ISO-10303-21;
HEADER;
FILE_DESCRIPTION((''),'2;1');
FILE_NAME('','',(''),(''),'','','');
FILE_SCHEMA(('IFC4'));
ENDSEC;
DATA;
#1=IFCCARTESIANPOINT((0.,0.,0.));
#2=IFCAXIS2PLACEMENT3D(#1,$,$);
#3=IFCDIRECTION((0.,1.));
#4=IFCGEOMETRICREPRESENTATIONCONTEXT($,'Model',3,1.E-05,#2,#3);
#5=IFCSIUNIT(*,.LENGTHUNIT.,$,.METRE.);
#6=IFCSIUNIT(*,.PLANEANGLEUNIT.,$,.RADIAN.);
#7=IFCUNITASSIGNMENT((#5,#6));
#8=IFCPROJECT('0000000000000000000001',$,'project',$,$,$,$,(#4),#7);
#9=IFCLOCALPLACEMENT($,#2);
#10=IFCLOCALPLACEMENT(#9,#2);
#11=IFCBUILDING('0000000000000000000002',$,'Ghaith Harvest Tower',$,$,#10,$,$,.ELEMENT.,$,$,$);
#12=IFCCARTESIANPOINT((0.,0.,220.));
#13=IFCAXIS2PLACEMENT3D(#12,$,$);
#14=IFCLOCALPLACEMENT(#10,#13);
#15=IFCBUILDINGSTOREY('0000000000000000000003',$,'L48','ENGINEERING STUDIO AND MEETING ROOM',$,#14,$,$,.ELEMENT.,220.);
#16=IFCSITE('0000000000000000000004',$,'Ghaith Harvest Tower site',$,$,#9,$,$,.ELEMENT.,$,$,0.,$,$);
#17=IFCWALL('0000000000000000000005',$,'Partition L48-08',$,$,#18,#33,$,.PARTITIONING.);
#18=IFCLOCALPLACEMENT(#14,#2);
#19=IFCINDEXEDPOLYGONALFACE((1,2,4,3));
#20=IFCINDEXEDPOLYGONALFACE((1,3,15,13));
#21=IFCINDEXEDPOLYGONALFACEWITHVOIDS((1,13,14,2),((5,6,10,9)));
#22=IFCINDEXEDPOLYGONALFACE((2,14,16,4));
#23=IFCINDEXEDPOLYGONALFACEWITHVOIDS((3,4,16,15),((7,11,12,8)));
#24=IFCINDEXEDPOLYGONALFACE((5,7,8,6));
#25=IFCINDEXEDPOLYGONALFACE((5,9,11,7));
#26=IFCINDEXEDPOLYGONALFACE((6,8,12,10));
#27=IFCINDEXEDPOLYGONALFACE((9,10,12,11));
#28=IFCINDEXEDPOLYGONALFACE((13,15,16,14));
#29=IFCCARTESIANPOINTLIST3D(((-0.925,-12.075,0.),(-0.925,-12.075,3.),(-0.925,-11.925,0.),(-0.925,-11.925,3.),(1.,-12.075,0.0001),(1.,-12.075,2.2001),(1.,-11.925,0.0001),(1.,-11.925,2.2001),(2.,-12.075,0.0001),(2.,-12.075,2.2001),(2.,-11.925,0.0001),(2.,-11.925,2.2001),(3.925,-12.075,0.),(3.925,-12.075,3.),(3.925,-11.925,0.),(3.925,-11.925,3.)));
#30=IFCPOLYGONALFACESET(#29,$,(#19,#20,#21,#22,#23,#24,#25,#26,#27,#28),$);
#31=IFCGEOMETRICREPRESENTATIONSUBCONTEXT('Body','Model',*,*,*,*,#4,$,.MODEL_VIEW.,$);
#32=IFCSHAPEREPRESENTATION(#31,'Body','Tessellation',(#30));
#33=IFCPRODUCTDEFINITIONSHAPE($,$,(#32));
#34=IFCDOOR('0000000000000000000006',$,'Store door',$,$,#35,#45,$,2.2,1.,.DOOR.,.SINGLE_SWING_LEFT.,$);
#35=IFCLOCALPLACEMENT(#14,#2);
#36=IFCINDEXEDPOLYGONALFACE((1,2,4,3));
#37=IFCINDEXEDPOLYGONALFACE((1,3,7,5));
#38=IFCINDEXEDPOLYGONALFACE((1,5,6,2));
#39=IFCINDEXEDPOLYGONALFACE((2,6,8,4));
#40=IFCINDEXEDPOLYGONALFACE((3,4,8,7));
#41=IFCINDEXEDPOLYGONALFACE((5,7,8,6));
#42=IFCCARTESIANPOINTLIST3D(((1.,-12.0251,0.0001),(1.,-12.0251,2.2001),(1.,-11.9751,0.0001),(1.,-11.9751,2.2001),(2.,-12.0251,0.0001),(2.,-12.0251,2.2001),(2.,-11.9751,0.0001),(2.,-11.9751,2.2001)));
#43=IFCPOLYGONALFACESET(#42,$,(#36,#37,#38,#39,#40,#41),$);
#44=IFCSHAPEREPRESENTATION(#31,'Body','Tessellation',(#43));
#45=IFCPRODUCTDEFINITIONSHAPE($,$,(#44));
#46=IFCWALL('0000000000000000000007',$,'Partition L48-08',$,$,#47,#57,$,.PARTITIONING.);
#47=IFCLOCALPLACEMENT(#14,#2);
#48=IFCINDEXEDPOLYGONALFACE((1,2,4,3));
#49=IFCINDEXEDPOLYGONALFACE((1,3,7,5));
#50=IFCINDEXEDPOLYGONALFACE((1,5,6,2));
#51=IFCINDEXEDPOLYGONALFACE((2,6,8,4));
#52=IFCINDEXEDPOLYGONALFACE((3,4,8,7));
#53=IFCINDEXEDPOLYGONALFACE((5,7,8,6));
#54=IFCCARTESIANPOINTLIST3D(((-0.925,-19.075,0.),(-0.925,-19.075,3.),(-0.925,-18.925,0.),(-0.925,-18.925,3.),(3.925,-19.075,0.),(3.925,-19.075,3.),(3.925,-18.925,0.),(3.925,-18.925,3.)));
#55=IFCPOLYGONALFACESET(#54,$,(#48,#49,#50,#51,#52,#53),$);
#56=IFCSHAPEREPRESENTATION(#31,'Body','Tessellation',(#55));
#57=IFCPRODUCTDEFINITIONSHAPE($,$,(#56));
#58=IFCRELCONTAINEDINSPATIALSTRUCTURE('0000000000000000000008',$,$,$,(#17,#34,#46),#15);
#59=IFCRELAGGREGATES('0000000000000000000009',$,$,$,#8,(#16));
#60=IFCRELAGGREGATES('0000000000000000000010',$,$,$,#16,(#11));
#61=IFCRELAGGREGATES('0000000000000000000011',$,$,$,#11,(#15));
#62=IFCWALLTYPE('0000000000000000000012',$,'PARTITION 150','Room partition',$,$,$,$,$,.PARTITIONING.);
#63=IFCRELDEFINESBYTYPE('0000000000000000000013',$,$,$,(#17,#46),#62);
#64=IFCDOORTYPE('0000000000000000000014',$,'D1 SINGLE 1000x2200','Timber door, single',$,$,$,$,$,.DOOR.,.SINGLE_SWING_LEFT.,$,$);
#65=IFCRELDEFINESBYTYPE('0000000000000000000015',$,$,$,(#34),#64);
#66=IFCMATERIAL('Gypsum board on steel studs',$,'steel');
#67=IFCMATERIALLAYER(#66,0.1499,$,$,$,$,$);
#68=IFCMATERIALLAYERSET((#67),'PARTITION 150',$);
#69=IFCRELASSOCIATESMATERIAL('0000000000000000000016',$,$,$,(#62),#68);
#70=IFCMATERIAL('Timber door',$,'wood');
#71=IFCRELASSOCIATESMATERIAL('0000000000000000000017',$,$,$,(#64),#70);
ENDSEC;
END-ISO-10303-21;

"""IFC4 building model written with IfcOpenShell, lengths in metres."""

from ifc_helpers import new_model, si_unit, direction, frame, frame_2d, origin, place, context, subcontext, project, spatial, rectangle, extrude, material, layer, layer_set, type_object, element, fill, save


model = new_model("IFC4")

# Units and contexts
model_context = context("Model", 3, precision=1e-05, world=origin(), true_north=direction((0.0, 1.0)))
body_context = subcontext(model_context, "Body", "Model", "MODEL_VIEW")
ifc_project = project(units=[si_unit("LENGTHUNIT", "METRE"), si_unit("PLANEANGLEUNIT", "RADIAN")], contexts=[model_context])

# Site, building, storey
site_placement = place(None, origin())
site = spatial("IfcSite", under=ifc_project, at=site_placement, Name="Ghaith Harvest Tower site", CompositionType="ELEMENT", RefElevation=0.0)
building_placement = place(site_placement, origin())
building = spatial("IfcBuilding", under=site, at=building_placement, Name="Ghaith Harvest Tower", CompositionType="ELEMENT")
storey_placement = place(building_placement, frame((0.0, 0.0, 220.0)))
storey = spatial("IfcBuildingStorey", under=building, at=storey_placement, Name="L48", Description="ENGINEERING STUDIO AND MEETING ROOM", CompositionType="ELEMENT", Elevation=220.0)

# Shared definitions
ifc_material_1 = material(Name="Gypsum board on steel studs", Category="steel")
ifc_layer_1 = layer(ifc_material_1, 0.1499)
ifc_layer_set_1 = layer_set([ifc_layer_1], Name="PARTITION 150")
wall_type = type_object("IfcWallType", Name="PARTITION 150", Description="Room partition", PredefinedType="PARTITIONING", material=ifc_layer_set_1)

# Wall, opening, door
wall_1_placement = place(storey_placement, frame((-0.925, -12.0, 0.0), z_axis=(0.0, 0.0, 1.0), x_axis=(1.0, 0.0, 0.0)))
wall_1 = element("IfcWall", 1, at=wall_1_placement, inside=storey, type_object=wall_type, Name="Partition L48-08", PredefinedType="PARTITIONING", context=body_context, shape_type="SweptSolid", body=[
    extrude(rectangle(XDim=4.8501, YDim=0.1499, at=frame_2d((2.425, 0.0))), origin(), (0.0, 0.0, 1.0), 3.0),
])
opening_1_placement = place(wall_1_placement, frame((1.925, 0.0, 0.0)))
opening_1 = element("IfcOpeningElement", 2, at=opening_1_placement, cuts=wall_1, PredefinedType="OPENING", context=body_context, shape_type="SweptSolid", body=[
    extrude(rectangle(XDim=1.0, YDim=2.2, at=frame_2d((0.5, 1.1001))), frame((0.0, 0.085, 0.0), z_axis=(0.0, -1.0, 0.0), x_axis=(1.0, 0.0, 0.0)), (0.0, 0.0, 1.0), 0.1699),
])
ifc_material_2 = material(Name="Timber door", Category="wood")
door_type_1 = type_object("IfcDoorType", Name="D1 SINGLE 1000x2200", Description="Timber door, single", OperationType="SINGLE_SWING_LEFT", PredefinedType="DOOR", material=ifc_material_2)
door_1_placement = place(opening_1_placement, origin())
door_1 = element("IfcDoor", 3, at=door_1_placement, inside=storey, type_object=door_type_1, Name="Store door", OperationType="SINGLE_SWING_LEFT", OverallHeight=2.2, OverallWidth=1.0, PredefinedType="DOOR", context=body_context, shape_type="SweptSolid", body=[
    extrude(rectangle(XDim=1.0, YDim=2.2, at=frame_2d((0.5, 1.1001))), frame((0.0, 0.0249, 0.0), z_axis=(0.0, -1.0, 0.0), x_axis=(1.0, 0.0, 0.0)), (0.0, 0.0, 1.0), 0.05),
])
fill(opening_1, door_1)

# Wall
wall_2_placement = place(storey_placement, frame((-0.925, -19.0, 0.0), z_axis=(0.0, 0.0, 1.0), x_axis=(1.0, 0.0, 0.0)))
element("IfcWall", 4, at=wall_2_placement, inside=storey, type_object=wall_type, Name="Partition L48-08", PredefinedType="PARTITIONING", context=body_context, shape_type="SweptSolid", body=[
    extrude(rectangle(XDim=4.8501, YDim=0.1499, at=frame_2d((2.425, 0.0))), origin(), (0.0, 0.0, 1.0), 3.0),
])

save(model, "model.ifc")
